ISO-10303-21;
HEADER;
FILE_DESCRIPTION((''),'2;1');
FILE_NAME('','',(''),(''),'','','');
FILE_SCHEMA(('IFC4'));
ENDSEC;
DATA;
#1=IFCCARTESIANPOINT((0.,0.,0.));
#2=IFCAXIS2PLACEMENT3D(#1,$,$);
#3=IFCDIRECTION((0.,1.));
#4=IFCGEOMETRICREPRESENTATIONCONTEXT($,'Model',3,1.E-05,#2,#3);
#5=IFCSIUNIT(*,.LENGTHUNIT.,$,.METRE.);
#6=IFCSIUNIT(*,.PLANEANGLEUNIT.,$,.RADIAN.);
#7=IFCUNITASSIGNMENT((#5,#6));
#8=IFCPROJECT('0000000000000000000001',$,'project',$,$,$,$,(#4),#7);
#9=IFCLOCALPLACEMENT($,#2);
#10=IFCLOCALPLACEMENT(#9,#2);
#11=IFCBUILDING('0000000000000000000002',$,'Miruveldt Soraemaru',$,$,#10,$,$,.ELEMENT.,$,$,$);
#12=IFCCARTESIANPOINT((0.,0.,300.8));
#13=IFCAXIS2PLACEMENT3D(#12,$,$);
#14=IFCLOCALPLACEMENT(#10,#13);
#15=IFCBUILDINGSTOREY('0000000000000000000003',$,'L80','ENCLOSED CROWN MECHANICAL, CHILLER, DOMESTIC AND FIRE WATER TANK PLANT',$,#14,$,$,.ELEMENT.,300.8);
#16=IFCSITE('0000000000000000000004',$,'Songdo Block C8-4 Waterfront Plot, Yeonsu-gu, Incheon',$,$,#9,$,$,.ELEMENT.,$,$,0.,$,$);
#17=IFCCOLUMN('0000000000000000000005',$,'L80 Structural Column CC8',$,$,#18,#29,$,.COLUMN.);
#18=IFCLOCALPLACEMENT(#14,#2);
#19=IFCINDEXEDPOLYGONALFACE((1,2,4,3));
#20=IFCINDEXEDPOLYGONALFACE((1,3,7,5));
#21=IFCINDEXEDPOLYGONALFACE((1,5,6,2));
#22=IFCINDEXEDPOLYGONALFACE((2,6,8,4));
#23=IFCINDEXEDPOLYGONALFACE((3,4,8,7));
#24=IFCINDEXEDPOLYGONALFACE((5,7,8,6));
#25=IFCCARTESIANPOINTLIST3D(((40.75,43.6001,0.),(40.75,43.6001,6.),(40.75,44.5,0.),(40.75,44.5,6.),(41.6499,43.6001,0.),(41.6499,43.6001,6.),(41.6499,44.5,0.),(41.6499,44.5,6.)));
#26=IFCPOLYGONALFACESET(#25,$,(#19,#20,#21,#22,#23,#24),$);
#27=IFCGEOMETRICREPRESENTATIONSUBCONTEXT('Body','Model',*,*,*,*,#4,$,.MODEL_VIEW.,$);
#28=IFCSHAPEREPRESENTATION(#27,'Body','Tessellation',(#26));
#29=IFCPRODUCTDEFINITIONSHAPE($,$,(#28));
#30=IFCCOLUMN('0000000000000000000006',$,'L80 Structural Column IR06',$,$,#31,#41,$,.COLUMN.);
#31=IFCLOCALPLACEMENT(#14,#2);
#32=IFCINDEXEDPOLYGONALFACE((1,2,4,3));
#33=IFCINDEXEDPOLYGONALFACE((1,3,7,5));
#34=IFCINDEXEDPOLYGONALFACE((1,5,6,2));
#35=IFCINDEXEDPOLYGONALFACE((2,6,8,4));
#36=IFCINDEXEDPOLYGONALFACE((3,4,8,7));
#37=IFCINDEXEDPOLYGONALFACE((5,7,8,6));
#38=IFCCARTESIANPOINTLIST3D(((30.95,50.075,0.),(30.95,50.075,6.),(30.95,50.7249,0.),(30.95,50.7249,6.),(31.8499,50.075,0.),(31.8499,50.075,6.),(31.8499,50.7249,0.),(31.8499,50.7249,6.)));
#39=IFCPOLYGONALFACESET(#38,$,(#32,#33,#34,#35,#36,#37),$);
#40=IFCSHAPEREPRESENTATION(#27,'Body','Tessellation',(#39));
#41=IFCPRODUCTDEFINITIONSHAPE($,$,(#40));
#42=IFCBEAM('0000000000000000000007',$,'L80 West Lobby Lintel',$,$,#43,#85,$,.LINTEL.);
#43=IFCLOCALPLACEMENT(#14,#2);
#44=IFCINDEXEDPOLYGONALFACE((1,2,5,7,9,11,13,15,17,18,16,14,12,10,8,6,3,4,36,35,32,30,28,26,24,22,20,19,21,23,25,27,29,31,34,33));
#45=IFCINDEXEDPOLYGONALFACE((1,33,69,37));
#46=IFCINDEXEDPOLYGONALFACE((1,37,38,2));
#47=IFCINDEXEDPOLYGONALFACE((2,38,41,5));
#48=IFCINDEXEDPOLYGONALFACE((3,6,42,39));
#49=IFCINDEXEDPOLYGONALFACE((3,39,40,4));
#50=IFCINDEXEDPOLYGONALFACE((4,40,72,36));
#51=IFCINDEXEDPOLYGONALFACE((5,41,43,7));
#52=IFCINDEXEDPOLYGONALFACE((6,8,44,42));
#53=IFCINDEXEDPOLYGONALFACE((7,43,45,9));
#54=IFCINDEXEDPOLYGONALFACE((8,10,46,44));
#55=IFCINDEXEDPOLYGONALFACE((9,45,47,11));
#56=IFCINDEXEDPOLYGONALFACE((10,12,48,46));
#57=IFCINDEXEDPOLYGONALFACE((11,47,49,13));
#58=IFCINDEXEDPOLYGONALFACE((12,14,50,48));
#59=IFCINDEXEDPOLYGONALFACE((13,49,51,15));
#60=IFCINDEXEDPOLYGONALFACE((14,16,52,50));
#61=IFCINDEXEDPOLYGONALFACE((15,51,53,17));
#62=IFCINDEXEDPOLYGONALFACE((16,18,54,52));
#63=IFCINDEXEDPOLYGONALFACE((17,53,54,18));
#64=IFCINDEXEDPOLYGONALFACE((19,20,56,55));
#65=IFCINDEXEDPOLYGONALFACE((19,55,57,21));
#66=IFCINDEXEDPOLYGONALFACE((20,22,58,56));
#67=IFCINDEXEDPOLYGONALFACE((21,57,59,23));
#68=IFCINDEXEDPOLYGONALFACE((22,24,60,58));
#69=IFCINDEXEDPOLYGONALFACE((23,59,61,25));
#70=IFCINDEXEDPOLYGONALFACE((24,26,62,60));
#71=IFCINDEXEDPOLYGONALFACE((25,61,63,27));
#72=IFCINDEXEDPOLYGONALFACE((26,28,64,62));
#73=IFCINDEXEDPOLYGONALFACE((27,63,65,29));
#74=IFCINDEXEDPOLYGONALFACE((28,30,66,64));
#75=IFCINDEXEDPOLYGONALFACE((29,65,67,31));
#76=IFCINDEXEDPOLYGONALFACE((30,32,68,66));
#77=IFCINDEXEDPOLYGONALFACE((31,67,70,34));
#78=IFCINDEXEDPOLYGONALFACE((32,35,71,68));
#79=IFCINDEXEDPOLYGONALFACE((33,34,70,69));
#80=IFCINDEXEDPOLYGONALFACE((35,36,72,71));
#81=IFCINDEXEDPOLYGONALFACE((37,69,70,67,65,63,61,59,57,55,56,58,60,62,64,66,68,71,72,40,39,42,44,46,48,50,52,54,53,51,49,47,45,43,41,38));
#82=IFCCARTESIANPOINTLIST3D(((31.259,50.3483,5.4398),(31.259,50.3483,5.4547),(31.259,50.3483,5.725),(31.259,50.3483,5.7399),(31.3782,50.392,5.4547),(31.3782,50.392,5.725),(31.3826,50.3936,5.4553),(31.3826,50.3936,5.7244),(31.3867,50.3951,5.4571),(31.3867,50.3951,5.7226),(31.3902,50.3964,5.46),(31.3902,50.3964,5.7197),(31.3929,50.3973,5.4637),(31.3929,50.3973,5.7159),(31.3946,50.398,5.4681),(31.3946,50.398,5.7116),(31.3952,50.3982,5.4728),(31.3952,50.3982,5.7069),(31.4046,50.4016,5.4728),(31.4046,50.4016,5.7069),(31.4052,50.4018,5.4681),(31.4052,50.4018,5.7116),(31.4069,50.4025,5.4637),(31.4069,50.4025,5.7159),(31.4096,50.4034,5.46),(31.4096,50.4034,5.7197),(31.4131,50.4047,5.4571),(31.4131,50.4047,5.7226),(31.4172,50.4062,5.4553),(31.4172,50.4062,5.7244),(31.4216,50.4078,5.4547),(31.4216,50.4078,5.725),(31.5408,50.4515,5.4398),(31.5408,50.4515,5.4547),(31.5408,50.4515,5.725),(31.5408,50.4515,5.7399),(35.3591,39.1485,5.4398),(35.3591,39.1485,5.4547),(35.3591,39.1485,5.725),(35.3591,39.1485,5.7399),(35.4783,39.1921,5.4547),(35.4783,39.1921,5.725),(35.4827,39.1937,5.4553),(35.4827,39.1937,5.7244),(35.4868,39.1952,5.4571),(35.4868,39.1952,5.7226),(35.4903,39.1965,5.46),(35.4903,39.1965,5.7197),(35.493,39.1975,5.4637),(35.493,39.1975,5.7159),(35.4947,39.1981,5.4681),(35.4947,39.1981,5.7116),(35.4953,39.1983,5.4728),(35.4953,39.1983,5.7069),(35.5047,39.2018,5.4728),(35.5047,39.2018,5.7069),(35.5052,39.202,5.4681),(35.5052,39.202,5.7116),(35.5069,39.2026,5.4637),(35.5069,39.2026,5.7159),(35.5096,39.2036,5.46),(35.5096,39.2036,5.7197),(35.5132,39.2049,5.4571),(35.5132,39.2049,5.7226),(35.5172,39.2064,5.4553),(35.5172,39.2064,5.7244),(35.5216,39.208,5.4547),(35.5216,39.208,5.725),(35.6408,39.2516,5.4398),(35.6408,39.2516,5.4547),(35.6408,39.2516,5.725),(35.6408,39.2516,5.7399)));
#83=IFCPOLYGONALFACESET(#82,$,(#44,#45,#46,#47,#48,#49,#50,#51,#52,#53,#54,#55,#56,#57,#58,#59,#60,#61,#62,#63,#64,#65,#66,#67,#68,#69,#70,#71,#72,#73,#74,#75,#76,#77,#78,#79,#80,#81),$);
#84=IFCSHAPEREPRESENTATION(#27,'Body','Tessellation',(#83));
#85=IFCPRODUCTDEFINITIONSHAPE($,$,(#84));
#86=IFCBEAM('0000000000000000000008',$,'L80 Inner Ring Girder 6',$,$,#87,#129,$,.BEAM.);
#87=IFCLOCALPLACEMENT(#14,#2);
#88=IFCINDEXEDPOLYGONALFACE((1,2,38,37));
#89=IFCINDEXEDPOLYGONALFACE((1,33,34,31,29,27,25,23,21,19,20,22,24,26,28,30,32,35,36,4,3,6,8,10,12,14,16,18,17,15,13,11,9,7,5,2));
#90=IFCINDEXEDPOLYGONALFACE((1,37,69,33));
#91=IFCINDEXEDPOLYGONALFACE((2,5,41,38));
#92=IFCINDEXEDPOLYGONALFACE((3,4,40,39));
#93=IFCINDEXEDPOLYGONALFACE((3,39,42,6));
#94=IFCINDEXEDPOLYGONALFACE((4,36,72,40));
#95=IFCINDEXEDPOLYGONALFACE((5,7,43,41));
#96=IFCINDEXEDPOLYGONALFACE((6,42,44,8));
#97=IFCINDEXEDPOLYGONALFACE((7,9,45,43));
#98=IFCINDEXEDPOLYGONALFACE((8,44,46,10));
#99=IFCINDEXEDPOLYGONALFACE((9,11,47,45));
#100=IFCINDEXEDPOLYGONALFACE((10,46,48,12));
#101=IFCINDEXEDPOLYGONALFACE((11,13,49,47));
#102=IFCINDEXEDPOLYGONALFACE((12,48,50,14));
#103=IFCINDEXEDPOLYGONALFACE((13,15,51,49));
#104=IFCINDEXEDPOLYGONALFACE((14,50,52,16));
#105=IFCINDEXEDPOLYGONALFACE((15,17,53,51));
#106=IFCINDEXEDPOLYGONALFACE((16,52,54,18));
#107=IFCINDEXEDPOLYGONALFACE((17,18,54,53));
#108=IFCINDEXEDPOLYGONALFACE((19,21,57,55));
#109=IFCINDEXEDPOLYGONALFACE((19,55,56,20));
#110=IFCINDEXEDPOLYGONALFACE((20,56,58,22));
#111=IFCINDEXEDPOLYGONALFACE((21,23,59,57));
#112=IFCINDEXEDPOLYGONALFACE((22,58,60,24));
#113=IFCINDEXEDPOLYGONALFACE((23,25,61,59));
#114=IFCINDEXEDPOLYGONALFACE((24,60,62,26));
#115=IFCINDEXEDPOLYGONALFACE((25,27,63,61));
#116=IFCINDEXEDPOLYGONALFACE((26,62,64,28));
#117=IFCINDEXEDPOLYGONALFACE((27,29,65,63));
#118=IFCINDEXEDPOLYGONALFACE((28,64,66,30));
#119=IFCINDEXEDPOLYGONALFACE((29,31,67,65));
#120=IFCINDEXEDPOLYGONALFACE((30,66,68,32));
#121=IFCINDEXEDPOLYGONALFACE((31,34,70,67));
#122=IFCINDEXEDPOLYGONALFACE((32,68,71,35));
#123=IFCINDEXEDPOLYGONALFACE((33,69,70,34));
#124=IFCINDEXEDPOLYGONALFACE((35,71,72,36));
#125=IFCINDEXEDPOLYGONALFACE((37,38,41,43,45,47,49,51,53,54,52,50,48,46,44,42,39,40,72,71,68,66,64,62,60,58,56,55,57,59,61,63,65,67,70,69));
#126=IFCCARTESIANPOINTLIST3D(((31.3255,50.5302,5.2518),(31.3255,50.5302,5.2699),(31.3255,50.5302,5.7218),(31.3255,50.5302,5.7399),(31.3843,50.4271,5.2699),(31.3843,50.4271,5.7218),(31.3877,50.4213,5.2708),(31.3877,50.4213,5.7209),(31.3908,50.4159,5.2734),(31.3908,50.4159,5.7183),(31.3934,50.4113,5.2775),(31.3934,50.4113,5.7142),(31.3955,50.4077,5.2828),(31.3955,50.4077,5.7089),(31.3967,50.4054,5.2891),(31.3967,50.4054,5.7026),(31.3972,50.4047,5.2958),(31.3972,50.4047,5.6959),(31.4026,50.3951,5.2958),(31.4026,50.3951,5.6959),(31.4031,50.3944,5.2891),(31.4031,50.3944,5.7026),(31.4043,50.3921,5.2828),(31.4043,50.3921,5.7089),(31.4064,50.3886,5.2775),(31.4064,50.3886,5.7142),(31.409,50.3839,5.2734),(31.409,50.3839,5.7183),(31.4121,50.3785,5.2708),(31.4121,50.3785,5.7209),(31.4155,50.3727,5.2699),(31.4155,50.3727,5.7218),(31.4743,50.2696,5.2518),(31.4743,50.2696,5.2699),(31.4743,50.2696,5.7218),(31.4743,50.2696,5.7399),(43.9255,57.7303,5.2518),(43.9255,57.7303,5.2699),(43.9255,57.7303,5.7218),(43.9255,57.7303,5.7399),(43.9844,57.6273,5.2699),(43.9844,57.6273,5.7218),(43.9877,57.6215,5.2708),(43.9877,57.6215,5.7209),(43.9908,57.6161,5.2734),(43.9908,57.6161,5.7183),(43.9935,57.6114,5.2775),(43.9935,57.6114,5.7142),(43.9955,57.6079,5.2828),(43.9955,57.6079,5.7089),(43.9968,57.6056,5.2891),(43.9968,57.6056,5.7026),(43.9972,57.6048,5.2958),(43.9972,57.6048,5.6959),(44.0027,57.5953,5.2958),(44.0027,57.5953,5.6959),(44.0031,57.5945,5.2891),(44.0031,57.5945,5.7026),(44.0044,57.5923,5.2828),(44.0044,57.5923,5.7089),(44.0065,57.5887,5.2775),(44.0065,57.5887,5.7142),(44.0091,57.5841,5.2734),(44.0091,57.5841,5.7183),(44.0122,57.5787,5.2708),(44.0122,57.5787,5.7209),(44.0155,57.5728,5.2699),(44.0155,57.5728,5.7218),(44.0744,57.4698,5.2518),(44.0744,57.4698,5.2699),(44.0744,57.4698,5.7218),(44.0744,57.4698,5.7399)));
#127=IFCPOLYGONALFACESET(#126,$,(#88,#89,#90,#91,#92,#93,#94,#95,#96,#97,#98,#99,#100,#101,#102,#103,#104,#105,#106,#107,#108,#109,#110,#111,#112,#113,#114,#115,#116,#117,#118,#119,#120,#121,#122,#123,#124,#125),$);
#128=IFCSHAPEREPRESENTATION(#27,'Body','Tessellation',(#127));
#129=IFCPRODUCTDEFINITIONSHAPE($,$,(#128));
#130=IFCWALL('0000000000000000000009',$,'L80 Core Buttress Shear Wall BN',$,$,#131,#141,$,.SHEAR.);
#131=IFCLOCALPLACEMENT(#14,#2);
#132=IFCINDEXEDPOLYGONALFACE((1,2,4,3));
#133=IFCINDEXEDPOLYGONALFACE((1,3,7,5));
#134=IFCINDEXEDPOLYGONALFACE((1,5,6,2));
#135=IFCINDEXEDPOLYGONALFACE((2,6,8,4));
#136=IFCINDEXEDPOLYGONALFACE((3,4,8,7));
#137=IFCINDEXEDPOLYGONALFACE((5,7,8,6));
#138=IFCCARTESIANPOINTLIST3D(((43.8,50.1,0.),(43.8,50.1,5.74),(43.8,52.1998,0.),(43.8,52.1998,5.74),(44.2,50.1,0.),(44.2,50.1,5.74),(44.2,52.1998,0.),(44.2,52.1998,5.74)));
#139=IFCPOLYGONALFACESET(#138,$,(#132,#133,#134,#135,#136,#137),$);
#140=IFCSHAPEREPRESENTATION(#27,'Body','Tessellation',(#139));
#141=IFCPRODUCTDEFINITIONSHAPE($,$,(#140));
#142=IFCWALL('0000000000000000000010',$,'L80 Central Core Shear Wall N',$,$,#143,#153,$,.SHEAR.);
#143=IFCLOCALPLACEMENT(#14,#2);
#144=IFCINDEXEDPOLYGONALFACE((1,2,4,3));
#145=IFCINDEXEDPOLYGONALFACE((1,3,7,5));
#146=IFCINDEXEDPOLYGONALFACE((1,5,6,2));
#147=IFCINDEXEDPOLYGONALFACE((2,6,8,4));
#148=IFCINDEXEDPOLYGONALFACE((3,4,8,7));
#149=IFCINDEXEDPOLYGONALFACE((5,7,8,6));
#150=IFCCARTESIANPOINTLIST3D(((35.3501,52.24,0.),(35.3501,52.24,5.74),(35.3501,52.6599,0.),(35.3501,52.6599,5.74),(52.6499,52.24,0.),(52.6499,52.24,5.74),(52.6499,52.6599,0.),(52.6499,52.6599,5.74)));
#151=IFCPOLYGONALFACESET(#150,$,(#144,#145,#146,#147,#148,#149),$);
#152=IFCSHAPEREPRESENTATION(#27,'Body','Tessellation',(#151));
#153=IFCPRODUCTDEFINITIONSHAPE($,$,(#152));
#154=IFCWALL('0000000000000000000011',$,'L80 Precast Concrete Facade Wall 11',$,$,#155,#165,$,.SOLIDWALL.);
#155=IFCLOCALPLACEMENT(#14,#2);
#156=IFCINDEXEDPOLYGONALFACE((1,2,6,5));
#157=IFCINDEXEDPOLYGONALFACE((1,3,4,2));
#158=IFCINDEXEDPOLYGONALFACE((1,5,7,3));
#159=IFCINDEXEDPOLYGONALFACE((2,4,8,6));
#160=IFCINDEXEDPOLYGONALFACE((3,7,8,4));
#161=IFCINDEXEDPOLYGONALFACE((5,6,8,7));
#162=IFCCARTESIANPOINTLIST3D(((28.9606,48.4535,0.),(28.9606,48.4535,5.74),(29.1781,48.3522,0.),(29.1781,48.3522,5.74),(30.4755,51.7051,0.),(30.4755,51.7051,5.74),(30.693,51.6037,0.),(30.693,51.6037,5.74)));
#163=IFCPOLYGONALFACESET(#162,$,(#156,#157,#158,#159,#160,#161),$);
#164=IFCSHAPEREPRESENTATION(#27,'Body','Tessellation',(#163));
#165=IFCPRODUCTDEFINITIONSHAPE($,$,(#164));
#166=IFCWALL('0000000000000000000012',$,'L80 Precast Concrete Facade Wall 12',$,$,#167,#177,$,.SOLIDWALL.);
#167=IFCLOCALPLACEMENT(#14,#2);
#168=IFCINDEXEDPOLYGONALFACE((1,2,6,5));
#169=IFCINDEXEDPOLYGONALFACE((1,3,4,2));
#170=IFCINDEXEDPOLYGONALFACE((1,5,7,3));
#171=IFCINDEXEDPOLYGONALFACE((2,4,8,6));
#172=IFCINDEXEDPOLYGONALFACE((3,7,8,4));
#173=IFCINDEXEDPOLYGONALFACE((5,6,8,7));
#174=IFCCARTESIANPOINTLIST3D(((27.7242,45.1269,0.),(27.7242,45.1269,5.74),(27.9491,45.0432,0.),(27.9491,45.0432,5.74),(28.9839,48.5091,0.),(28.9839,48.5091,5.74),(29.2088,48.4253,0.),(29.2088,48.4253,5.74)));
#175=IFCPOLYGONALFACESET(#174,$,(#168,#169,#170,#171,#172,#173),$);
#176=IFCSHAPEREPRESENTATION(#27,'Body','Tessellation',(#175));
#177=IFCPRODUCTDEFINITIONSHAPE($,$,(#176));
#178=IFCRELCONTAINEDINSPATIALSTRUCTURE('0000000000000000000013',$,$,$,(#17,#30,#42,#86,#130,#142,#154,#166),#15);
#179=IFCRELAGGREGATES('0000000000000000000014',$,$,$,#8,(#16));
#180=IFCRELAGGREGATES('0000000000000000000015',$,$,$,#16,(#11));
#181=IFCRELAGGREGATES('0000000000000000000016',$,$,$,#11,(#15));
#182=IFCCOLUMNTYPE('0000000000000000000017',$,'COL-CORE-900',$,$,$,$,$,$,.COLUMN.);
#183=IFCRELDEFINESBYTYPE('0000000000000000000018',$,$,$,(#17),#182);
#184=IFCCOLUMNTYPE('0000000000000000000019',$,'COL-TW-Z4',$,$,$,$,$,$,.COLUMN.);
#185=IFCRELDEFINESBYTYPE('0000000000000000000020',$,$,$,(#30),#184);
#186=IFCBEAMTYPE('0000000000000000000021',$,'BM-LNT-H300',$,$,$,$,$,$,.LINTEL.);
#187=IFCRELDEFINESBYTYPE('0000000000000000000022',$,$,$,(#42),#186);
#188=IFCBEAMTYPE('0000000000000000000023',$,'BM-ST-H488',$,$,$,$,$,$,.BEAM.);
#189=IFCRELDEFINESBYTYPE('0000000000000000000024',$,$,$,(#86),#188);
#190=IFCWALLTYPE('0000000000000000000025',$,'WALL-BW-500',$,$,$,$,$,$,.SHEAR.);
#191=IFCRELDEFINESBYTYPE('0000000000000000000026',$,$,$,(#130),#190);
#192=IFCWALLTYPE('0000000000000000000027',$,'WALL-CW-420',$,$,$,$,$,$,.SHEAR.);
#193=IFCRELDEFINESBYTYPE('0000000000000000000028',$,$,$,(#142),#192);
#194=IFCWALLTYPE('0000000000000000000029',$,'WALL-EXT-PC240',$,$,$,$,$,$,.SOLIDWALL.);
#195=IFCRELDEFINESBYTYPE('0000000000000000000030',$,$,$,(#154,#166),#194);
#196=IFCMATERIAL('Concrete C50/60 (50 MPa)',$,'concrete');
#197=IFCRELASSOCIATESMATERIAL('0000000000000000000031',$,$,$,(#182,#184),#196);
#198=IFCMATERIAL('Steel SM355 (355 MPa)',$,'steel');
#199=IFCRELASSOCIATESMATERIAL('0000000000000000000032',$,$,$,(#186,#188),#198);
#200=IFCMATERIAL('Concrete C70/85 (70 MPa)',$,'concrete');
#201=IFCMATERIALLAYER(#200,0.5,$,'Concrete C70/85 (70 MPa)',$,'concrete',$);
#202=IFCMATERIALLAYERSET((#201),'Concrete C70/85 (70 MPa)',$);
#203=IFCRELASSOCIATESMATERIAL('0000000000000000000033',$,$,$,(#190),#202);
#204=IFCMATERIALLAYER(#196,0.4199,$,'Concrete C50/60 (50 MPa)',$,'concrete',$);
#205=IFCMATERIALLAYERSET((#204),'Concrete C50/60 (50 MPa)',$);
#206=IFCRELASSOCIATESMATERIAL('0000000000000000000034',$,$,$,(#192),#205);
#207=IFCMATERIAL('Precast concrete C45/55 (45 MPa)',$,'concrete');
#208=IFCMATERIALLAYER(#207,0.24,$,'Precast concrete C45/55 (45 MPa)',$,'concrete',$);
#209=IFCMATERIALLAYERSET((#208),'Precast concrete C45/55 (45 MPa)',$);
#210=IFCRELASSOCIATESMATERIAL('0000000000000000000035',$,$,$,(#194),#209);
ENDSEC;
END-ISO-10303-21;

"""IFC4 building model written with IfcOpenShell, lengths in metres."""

from ifc_helpers import new_model, si_unit, direction, frame, frame_2d, origin, origin_2d, place, context, subcontext, project, spatial, rectangle, i_section, extrude, material, layer, layer_set, material_profile, profile_set, type_object, element, save


model = new_model("IFC4")

# Units and contexts
model_context = context("Model", 3, precision=1e-05, world=origin(), true_north=direction((0.0, 1.0)))
body_context = subcontext(model_context, "Body", "Model", "MODEL_VIEW")
ifc_project = project(units=[si_unit("LENGTHUNIT", "METRE"), si_unit("PLANEANGLEUNIT", "RADIAN")], contexts=[model_context])

# Site, building, storey
site_placement = place(None, origin())
site = spatial("IfcSite", under=ifc_project, at=site_placement, Name="Songdo Block C8-4 Waterfront Plot, Yeonsu-gu, Incheon", CompositionType="ELEMENT", RefElevation=0.0)
building_placement = place(site_placement, origin())
building = spatial("IfcBuilding", under=site, at=building_placement, Name="Miruveldt Soraemaru", CompositionType="ELEMENT")
storey_placement = place(building_placement, frame((0.0, 0.0, 300.8)))
storey = spatial("IfcBuildingStorey", under=building, at=storey_placement, Name="L80", Description="ENCLOSED CROWN MECHANICAL, CHILLER, DOMESTIC AND FIRE WATER TANK PLANT", CompositionType="ELEMENT", Elevation=300.8)

# Columns
ifc_material_1 = material(Name="Concrete C50/60 (50 MPa)", Category="concrete")
ifc_material_profile_1 = material_profile(ifc_material_1, rectangle(XDim=0.8999, YDim=0.8999, at=origin_2d()), Name="Concrete C50/60 (50 MPa)", Category="concrete")
ifc_profile_set_1 = profile_set([ifc_material_profile_1], Name="Concrete C50/60 (50 MPa)")
column_type_1 = type_object("IfcColumnType", Name="COL-CORE-900", PredefinedType="COLUMN", material=ifc_profile_set_1)
column_1_placement = place(storey_placement, frame((41.2, 44.05, 0.0), z_axis=(0.0, 0.0, 1.0), x_axis=(1.0, 0.0, 0.0)))
element("IfcColumn", 1, at=column_1_placement, inside=storey, type_object=column_type_1, Name="L80 Structural Column CC8", PredefinedType="COLUMN", context=body_context, shape_type="SweptSolid", body=[
    extrude(rectangle(XDim=0.8999, YDim=0.8999, at=origin_2d()), origin(), (0.0, 0.0, 1.0), 6.0),
])
ifc_material_profile_2 = material_profile(ifc_material_1, rectangle(XDim=0.8999, YDim=0.6499, at=origin_2d()), Name="Concrete C50/60 (50 MPa)", Category="concrete")
ifc_profile_set_2 = profile_set([ifc_material_profile_2], Name="Concrete C50/60 (50 MPa)")
column_type_2 = type_object("IfcColumnType", Name="COL-TW-Z4", PredefinedType="COLUMN", material=ifc_profile_set_2)
column_2_placement = place(storey_placement, frame((31.3999, 50.3999, 0.0), z_axis=(0.0, 0.0, 1.0), x_axis=(1.0, 0.0, 0.0)))
element("IfcColumn", 2, at=column_2_placement, inside=storey, type_object=column_type_2, Name="L80 Structural Column IR06", PredefinedType="COLUMN", context=body_context, shape_type="SweptSolid", body=[
    extrude(rectangle(XDim=0.8999, YDim=0.6499, at=origin_2d()), origin(), (0.0, 0.0, 1.0), 6.0),
])

# Beams
ifc_material_2 = material(Name="Steel SM355 (355 MPa)", Category="steel")
ifc_material_profile_3 = material_profile(ifc_material_2, i_section(OverallWidth=0.3, OverallDepth=0.3, WebThickness=0.01, FlangeThickness=0.0149, FilletRadius=0.0181, at=origin_2d()), Name="Steel SM355 (355 MPa)", Category="steel")
ifc_profile_set_3 = profile_set([ifc_material_profile_3], Name="Steel SM355 (355 MPa)")
beam_type_1 = type_object("IfcBeamType", Name="BM-LNT-H300", PredefinedType="LINTEL", material=ifc_profile_set_3)
beam_1_placement = place(storey_placement, frame((31.3999, 50.3999, 5.5898), z_axis=(0.34377, -0.939054, 0.0), x_axis=(0.939054, 0.34377, 0.0)))
element("IfcBeam", 3, at=beam_1_placement, inside=storey, type_object=beam_type_1, Name="L80 West Lobby Lintel", PredefinedType="LINTEL", context=body_context, shape_type="SweptSolid", body=[
    extrude(i_section(OverallWidth=0.3, OverallDepth=0.3, WebThickness=0.01, FlangeThickness=0.0149, FilletRadius=0.0181, at=origin_2d()), origin(), (0.0, 0.0, 1.0), 11.9268),
])
ifc_material_profile_4 = material_profile(ifc_material_2, i_section(OverallWidth=0.3, OverallDepth=0.488, WebThickness=0.011, FlangeThickness=0.0181, FilletRadius=0.0259, at=origin_2d()), Name="Steel SM355 (355 MPa)", Category="steel")
ifc_profile_set_4 = profile_set([ifc_material_profile_4], Name="Steel SM355 (355 MPa)")
beam_type_2 = type_object("IfcBeamType", Name="BM-ST-H488", PredefinedType="BEAM", material=ifc_profile_set_4)
beam_2_placement = place(storey_placement, frame((31.3999, 50.3999, 5.4958), z_axis=(0.868239, 0.496146, 0.0), x_axis=(-0.496146, 0.868239, 0.0)))
element("IfcBeam", 4, at=beam_2_placement, inside=storey, type_object=beam_type_2, Name="L80 Inner Ring Girder 6", PredefinedType="BEAM", context=body_context, shape_type="SweptSolid", body=[
    extrude(i_section(OverallWidth=0.3, OverallDepth=0.488, WebThickness=0.011, FlangeThickness=0.0181, FilletRadius=0.0259, at=origin_2d()), origin(), (0.0, 0.0, 1.0), 14.5122),
])

# Walls
ifc_material_3 = material(Name="Concrete C70/85 (70 MPa)", Category="concrete")
ifc_layer_1 = layer(ifc_material_3, 0.5, Name="Concrete C70/85 (70 MPa)", Category="concrete")
ifc_layer_set_1 = layer_set([ifc_layer_1], Name="Concrete C70/85 (70 MPa)")
wall_type_1 = type_object("IfcWallType", Name="WALL-BW-500", PredefinedType="SHEAR", material=ifc_layer_set_1)
wall_1_placement = place(storey_placement, frame((44.0, 50.1001, 0.0), z_axis=(0.0, 0.0, 1.0), x_axis=(0.0, 1.0, 0.0)))
element("IfcWall", 5, at=wall_1_placement, inside=storey, type_object=wall_type_1, Name="L80 Core Buttress Shear Wall BN", PredefinedType="SHEAR", context=body_context, shape_type="SweptSolid", body=[
    extrude(rectangle(XDim=2.0999, YDim=0.3999, at=frame_2d((1.0498, 0.0))), origin(), (0.0, 0.0, 1.0), 5.74),
])
ifc_layer_2 = layer(ifc_material_1, 0.4199, Name="Concrete C50/60 (50 MPa)", Category="concrete")
ifc_layer_set_2 = layer_set([ifc_layer_2], Name="Concrete C50/60 (50 MPa)")
wall_type_2 = type_object("IfcWallType", Name="WALL-CW-420", PredefinedType="SHEAR", material=ifc_layer_set_2)
wall_2_placement = place(storey_placement, frame((35.3501, 52.45, 0.0), z_axis=(0.0, 0.0, 1.0), x_axis=(1.0, 0.0, 0.0)))
element("IfcWall", 6, at=wall_2_placement, inside=storey, type_object=wall_type_2, Name="L80 Central Core Shear Wall N", PredefinedType="SHEAR", context=body_context, shape_type="SweptSolid", body=[
    extrude(rectangle(XDim=17.2998, YDim=0.4199, at=frame_2d((8.6499, 0.0))), origin(), (0.0, 0.0, 1.0), 5.74),
])
ifc_material_4 = material(Name="Precast concrete C45/55 (45 MPa)", Category="concrete")
ifc_layer_3 = layer(ifc_material_4, 0.24, Name="Precast concrete C45/55 (45 MPa)", Category="concrete")
ifc_layer_set_3 = layer_set([ifc_layer_3], Name="Precast concrete C45/55 (45 MPa)")
wall_type_3 = type_object("IfcWallType", Name="WALL-EXT-PC240", PredefinedType="SOLIDWALL", material=ifc_layer_set_3)
wall_3_placement = place(storey_placement, frame((30.5842, 51.6543, 0.0), z_axis=(0.0, 0.0, 1.0), x_axis=(-0.422323, -0.906446, 0.0)))
element("IfcWall", 7, at=wall_3_placement, inside=storey, type_object=wall_type_3, Name="L80 Precast Concrete Facade Wall 11", PredefinedType="SOLIDWALL", context=body_context, shape_type="SweptSolid", body=[
    extrude(rectangle(XDim=3.5872, YDim=0.24, at=frame_2d((1.7935, 0.0))), origin(), (0.0, 0.0, 1.0), 5.74),
])
wall_4_placement = place(storey_placement, frame((29.0964, 48.4673, 0.0), z_axis=(0.0, 0.0, 1.0), x_axis=(-0.349054, -0.937103, 0.0)))
element("IfcWall", 8, at=wall_4_placement, inside=storey, type_object=wall_type_3, Name="L80 Precast Concrete Facade Wall 12", PredefinedType="SOLIDWALL", context=body_context, shape_type="SweptSolid", body=[
    extrude(rectangle(XDim=3.6091, YDim=0.24, at=frame_2d((1.8047, 0.0))), origin(), (0.0, 0.0, 1.0), 5.74),
])

save(model, "model.ifc")
